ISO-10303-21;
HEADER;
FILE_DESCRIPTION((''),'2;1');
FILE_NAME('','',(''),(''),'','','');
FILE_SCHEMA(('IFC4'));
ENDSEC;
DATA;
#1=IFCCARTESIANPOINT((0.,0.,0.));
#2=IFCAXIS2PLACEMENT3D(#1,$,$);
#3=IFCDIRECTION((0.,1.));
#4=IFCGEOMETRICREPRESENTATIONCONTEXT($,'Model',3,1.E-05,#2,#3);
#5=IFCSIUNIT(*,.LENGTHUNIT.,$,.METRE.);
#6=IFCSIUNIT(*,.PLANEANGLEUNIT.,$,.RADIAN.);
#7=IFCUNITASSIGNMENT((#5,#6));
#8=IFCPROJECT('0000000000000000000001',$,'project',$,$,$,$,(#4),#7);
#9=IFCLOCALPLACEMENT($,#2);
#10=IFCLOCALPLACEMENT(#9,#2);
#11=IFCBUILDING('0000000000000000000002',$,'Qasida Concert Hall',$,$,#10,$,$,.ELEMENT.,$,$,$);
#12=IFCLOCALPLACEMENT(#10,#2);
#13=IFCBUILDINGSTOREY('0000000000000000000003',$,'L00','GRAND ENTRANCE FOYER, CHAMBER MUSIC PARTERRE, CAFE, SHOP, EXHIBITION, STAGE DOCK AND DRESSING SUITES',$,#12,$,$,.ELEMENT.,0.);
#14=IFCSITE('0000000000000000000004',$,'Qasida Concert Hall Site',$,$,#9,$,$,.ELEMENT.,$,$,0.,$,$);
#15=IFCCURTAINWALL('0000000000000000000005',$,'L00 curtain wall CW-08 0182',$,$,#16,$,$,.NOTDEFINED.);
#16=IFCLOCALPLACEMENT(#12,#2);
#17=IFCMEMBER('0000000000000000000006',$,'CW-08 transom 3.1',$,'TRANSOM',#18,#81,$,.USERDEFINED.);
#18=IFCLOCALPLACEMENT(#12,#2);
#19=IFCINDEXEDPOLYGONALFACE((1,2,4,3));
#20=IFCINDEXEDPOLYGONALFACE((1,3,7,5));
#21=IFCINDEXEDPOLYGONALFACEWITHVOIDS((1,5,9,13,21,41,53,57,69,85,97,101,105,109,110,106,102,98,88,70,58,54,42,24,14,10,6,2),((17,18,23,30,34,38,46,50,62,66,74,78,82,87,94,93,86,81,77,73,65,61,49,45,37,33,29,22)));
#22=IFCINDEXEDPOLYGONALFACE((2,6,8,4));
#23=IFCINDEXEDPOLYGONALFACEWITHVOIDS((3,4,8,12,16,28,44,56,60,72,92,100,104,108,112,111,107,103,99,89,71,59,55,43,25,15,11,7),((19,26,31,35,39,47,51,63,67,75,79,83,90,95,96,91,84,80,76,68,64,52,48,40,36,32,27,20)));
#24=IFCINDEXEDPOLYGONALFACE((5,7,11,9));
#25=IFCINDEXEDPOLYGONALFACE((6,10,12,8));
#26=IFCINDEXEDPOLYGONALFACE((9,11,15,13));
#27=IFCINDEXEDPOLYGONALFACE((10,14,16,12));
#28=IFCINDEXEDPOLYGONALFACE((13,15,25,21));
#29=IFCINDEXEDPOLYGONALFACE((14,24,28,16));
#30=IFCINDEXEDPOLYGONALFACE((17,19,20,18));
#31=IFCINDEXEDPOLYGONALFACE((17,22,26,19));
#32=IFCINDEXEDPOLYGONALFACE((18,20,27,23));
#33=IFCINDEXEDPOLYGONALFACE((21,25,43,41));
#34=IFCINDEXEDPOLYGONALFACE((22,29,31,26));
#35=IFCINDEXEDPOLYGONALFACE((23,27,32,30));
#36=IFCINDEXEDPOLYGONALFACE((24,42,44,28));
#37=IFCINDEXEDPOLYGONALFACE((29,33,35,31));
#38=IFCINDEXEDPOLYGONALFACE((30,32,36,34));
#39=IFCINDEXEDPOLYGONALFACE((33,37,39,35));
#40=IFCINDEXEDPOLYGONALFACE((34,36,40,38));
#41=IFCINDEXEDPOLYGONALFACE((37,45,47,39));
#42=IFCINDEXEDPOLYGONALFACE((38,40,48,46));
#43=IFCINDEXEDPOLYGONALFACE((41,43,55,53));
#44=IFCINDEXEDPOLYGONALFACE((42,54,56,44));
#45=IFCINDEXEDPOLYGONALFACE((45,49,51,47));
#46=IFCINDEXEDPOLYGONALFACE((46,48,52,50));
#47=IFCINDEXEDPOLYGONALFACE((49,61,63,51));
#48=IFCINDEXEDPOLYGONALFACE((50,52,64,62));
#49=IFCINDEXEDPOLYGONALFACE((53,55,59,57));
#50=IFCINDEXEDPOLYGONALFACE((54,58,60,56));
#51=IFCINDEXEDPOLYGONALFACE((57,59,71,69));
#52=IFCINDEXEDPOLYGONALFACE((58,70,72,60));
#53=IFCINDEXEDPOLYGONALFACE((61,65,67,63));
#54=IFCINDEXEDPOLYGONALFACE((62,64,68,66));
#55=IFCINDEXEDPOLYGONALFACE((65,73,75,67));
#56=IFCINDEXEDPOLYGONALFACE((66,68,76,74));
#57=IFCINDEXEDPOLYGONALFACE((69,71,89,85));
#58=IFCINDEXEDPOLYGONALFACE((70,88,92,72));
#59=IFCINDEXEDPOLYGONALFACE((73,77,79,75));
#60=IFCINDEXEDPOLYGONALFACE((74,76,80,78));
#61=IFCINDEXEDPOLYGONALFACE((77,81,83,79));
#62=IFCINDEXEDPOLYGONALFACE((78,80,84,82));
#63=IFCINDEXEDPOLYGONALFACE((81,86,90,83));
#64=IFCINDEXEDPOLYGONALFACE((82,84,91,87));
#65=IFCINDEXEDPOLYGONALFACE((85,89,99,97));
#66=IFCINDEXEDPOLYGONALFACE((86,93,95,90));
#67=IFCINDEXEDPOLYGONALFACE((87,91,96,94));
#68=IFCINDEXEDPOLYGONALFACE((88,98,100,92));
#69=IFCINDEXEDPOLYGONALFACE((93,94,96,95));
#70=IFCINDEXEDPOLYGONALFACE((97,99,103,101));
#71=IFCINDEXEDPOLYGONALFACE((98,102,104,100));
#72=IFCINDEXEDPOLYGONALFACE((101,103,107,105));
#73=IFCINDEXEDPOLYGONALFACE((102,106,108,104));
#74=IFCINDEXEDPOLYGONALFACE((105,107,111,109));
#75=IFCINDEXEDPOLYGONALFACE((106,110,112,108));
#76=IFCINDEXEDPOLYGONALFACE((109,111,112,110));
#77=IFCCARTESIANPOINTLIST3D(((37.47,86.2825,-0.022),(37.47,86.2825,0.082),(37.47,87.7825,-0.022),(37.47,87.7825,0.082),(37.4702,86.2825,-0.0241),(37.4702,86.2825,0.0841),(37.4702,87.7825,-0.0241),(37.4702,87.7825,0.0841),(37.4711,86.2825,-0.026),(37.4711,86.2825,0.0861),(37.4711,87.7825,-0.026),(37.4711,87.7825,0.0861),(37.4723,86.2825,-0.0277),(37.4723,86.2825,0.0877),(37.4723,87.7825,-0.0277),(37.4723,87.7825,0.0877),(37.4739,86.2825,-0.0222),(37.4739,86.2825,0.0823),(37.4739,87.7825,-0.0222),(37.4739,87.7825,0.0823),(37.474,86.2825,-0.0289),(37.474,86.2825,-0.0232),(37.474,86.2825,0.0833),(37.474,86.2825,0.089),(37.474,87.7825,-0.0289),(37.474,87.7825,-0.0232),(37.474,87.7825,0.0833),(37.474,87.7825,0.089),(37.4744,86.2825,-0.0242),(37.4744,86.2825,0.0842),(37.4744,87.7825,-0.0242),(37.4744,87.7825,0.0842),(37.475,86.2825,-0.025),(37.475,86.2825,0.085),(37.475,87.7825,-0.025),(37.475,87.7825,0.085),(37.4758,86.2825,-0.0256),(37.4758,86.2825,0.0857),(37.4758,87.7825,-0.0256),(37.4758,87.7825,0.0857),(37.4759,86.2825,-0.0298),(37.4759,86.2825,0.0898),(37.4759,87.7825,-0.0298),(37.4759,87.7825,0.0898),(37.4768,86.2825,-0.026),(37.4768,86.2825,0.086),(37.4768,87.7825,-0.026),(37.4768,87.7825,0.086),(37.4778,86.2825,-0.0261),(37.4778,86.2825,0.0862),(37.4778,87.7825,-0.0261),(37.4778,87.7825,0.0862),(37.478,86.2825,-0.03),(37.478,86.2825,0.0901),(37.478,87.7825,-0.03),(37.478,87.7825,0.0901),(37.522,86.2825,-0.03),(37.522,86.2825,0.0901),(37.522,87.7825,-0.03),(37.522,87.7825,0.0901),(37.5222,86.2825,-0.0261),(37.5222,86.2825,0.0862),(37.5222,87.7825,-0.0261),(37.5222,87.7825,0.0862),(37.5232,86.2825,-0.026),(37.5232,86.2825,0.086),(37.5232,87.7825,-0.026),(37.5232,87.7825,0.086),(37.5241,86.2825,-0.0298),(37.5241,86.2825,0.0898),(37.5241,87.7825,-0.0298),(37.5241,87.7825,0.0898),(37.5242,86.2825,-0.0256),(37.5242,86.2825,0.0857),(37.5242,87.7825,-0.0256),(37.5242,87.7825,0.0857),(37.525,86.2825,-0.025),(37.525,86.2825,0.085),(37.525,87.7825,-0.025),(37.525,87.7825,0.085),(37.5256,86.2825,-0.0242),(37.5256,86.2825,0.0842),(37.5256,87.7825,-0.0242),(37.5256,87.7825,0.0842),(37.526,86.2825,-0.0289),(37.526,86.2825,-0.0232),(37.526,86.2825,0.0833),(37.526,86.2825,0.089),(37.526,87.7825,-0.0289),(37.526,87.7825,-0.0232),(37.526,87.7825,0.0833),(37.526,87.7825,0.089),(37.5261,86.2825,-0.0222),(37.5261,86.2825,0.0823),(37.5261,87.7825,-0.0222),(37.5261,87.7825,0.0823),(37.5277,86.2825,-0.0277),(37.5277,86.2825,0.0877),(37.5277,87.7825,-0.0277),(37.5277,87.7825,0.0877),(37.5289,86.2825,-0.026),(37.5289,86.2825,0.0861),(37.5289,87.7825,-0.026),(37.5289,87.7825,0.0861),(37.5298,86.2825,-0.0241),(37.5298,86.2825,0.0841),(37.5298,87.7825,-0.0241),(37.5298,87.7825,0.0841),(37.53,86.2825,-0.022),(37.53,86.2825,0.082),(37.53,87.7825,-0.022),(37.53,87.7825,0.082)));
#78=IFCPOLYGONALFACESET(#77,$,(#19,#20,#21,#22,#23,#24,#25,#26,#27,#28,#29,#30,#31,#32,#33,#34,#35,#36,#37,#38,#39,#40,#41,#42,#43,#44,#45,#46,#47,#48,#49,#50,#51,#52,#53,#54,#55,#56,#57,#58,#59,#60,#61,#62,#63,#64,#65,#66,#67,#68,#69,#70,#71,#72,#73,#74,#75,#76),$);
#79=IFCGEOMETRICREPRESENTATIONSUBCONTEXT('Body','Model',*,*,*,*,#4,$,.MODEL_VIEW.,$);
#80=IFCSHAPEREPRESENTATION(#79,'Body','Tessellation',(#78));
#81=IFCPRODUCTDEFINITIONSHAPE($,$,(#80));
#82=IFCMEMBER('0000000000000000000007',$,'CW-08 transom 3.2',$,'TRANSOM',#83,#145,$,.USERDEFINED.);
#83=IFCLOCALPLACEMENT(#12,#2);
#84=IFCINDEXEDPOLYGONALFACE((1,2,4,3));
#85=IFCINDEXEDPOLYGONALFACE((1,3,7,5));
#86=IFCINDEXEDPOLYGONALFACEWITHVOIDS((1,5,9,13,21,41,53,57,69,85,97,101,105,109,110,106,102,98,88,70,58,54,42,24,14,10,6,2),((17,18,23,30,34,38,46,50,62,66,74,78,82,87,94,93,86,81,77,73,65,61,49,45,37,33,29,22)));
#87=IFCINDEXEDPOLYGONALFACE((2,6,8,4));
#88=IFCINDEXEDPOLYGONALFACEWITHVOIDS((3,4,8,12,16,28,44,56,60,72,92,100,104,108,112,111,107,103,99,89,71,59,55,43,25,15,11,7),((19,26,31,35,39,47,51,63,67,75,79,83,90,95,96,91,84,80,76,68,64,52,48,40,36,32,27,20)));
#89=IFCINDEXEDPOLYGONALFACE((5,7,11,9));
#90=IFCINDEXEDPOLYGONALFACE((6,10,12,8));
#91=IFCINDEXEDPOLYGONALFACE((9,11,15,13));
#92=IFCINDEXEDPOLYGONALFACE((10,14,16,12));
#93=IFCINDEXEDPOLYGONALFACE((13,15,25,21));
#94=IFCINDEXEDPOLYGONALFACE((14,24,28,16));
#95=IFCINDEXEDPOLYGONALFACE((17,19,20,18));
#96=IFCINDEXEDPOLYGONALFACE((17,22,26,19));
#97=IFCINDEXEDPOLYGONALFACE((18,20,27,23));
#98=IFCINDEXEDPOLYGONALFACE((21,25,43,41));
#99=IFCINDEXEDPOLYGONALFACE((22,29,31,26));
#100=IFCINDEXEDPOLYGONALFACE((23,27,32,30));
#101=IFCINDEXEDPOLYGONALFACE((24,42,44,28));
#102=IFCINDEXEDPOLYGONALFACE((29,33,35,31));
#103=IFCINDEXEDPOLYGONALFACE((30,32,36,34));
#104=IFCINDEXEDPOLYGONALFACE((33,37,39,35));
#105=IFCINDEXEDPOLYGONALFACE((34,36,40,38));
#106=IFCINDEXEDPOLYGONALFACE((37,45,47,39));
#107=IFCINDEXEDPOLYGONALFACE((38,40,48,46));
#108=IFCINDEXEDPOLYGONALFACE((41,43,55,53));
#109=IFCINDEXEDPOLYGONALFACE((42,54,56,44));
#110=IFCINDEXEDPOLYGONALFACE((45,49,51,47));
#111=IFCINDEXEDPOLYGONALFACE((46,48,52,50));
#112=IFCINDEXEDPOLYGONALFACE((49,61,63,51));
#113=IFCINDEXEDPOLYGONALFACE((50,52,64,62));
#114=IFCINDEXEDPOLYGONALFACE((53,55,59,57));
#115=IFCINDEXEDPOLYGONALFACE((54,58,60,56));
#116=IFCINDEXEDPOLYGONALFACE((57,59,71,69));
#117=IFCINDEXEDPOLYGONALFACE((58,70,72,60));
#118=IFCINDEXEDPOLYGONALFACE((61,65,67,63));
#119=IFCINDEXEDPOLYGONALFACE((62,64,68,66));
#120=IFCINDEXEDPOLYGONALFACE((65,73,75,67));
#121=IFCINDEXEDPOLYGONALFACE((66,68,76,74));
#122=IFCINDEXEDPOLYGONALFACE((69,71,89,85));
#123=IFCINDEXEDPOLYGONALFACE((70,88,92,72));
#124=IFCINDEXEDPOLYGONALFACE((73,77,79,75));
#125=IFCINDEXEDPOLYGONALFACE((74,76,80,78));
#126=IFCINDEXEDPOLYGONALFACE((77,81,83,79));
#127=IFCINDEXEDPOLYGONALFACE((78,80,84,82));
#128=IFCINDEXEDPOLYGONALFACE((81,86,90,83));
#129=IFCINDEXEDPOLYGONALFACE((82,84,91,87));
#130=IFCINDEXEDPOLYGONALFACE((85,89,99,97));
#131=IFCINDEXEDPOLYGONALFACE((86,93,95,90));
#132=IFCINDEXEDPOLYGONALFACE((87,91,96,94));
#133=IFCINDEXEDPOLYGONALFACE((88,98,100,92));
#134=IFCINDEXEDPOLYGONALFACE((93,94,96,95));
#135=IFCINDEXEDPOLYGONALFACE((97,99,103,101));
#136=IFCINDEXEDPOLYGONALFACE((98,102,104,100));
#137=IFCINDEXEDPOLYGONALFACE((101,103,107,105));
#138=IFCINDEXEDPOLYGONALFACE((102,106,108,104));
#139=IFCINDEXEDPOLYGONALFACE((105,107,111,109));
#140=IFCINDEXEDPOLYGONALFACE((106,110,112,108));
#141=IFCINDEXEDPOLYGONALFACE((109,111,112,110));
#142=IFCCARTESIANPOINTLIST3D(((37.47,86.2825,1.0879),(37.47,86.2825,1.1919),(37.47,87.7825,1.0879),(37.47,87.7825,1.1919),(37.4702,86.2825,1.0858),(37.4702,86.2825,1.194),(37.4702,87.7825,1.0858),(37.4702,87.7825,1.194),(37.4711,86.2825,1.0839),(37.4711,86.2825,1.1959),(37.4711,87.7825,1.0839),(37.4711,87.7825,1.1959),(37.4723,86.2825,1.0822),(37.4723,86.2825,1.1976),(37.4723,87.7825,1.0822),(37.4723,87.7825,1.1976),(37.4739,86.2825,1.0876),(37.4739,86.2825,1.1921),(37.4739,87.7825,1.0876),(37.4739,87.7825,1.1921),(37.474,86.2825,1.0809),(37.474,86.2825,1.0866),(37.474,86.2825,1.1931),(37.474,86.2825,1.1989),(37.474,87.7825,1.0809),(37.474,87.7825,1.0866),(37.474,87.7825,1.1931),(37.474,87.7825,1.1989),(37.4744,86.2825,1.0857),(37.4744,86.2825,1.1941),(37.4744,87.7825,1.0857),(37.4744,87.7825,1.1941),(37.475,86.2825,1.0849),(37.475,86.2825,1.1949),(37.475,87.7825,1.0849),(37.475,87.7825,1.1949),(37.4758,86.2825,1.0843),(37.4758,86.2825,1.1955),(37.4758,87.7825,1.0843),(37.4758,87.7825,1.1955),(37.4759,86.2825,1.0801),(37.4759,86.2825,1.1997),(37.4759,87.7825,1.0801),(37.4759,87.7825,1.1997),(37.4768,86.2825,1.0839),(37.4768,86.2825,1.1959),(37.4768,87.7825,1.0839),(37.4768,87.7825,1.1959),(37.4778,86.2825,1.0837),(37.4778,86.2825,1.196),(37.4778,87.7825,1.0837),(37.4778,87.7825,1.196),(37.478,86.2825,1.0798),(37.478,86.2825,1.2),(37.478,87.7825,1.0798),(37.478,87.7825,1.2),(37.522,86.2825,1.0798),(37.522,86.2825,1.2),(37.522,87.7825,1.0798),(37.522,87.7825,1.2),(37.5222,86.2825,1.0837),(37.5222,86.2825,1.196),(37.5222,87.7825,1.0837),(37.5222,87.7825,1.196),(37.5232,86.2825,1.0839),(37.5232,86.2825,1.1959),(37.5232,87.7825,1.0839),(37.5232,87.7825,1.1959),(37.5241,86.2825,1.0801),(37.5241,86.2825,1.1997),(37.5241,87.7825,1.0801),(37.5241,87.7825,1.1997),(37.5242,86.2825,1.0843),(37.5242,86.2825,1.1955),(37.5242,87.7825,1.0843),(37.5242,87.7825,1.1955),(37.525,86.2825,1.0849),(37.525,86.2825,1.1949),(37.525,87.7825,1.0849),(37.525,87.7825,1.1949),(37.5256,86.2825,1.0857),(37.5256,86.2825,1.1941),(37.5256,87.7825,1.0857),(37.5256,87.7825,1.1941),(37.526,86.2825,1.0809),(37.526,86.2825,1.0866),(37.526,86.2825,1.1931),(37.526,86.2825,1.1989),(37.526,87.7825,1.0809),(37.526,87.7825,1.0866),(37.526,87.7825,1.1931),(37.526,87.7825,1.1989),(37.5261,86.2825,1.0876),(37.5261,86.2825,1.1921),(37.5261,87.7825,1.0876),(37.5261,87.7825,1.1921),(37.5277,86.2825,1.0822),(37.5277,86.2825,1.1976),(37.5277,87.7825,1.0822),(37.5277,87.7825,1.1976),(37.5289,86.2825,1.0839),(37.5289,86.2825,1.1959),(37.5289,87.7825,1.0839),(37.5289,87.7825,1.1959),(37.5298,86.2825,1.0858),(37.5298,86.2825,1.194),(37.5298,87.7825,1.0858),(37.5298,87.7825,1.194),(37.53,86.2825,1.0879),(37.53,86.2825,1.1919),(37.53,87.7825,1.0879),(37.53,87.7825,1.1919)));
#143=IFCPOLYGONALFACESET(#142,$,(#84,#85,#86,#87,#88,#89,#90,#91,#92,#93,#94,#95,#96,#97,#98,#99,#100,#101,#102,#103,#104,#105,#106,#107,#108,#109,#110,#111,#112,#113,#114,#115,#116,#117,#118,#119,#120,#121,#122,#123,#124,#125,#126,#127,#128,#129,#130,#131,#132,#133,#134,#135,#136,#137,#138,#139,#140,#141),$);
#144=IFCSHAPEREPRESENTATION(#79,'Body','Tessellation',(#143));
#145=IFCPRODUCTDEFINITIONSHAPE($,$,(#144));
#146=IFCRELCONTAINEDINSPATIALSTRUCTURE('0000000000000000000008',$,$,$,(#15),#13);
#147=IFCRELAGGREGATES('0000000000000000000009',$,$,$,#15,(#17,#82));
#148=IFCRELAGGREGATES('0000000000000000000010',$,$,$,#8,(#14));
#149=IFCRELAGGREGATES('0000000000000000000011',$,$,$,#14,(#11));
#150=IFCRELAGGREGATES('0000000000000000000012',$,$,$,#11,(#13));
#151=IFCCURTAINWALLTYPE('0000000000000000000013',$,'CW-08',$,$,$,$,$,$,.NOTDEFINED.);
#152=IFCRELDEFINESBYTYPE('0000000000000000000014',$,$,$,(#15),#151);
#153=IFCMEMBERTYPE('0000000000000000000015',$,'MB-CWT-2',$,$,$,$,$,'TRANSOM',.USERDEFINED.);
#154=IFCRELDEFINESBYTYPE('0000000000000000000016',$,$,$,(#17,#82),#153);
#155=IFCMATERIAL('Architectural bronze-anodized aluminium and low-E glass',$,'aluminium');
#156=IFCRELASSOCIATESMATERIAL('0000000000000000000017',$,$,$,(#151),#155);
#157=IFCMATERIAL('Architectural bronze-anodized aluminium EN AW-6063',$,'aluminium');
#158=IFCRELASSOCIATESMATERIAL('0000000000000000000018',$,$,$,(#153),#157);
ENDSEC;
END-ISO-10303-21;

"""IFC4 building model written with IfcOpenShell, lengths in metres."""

from ifc_helpers import new_model, si_unit, direction, frame, origin, origin_2d, place, context, subcontext, project, spatial, hollow_rectangle, extrude, material, material_profile, profile_set, type_object, element, aggregate, save


model = new_model("IFC4")

# Units and contexts
model_context = context("Model", 3, precision=1e-05, world=origin(), true_north=direction((0.0, 1.0)))
body_context = subcontext(model_context, "Body", "Model", "MODEL_VIEW")
ifc_project = project(units=[si_unit("LENGTHUNIT", "METRE"), si_unit("PLANEANGLEUNIT", "RADIAN")], contexts=[model_context])

# Site, building, storey
site_placement = place(None, origin())
site = spatial("IfcSite", under=ifc_project, at=site_placement, Name="Qasida Concert Hall Site", CompositionType="ELEMENT", RefElevation=0.0)
building_placement = place(site_placement, origin())
building = spatial("IfcBuilding", under=site, at=building_placement, Name="Qasida Concert Hall", CompositionType="ELEMENT")
storey_placement = place(building_placement, origin())
storey = spatial("IfcBuildingStorey", under=building, at=storey_placement, Name="L00", Description="GRAND ENTRANCE FOYER, CHAMBER MUSIC PARTERRE, CAFE, SHOP, EXHIBITION, STAGE DOCK AND DRESSING SUITES", CompositionType="ELEMENT", Elevation=0.0)

# Curtain wall, members
ifc_material_1 = material(Name="Architectural bronze-anodized aluminium and low-E glass", Category="aluminium")
curtain_wall_type = type_object("IfcCurtainWallType", Name="CW-08", PredefinedType="NOTDEFINED", material=ifc_material_1)
curtain_wall_1_placement = place(storey_placement, origin())
curtain_wall_1 = element("IfcCurtainWall", 1, at=curtain_wall_1_placement, inside=storey, type_object=curtain_wall_type, Name="L00 curtain wall CW-08 0182", PredefinedType="NOTDEFINED")
ifc_material_2 = material(Name="Architectural bronze-anodized aluminium EN AW-6063", Category="aluminium")
ifc_material_profile_1 = material_profile(ifc_material_2, hollow_rectangle(XDim=0.0601, YDim=0.1201, WallThickness=0.0039, InnerFilletRadius=0.0039, OuterFilletRadius=0.0081, at=origin_2d()), Name="CWT 120x60x4")
ifc_profile_set_1 = profile_set([ifc_material_profile_1], Name="Architectural bronze-anodized aluminium EN AW-6063")
member_type_1 = type_object("IfcMemberType", Name="MB-CWT-2", ElementType="TRANSOM", PredefinedType="USERDEFINED", material=ifc_profile_set_1)
member_1_placement = place(storey_placement, frame((37.5, 86.2825, 0.03), z_axis=(0.0, 1.0, 0.0), x_axis=(-1.0, 0.0, 0.0)))
member_1 = element("IfcMember", 2, at=member_1_placement, type_object=member_type_1, Name="CW-08 transom 3.1", ObjectType="TRANSOM", PredefinedType="USERDEFINED", context=body_context, shape_type="SweptSolid", body=[
    extrude(hollow_rectangle(XDim=0.0601, YDim=0.1201, WallThickness=0.0039, InnerFilletRadius=0.0039, OuterFilletRadius=0.0081, at=origin_2d()), origin(), (0.0, 0.0, 1.0), 1.5),
])
member_2_placement = place(storey_placement, frame((37.5, 86.2825, 1.1399), z_axis=(0.0, 1.0, 0.0), x_axis=(-1.0, 0.0, 0.0)))
member_2 = element("IfcMember", 3, at=member_2_placement, type_object=member_type_1, Name="CW-08 transom 3.2", ObjectType="TRANSOM", PredefinedType="USERDEFINED", context=body_context, shape_type="SweptSolid", body=[
    extrude(hollow_rectangle(XDim=0.0601, YDim=0.1201, WallThickness=0.0039, InnerFilletRadius=0.0039, OuterFilletRadius=0.0081, at=origin_2d()), origin(), (0.0, 0.0, 1.0), 1.5),
])
aggregate(curtain_wall_1, [member_1, member_2])

save(model, "model.ifc")
